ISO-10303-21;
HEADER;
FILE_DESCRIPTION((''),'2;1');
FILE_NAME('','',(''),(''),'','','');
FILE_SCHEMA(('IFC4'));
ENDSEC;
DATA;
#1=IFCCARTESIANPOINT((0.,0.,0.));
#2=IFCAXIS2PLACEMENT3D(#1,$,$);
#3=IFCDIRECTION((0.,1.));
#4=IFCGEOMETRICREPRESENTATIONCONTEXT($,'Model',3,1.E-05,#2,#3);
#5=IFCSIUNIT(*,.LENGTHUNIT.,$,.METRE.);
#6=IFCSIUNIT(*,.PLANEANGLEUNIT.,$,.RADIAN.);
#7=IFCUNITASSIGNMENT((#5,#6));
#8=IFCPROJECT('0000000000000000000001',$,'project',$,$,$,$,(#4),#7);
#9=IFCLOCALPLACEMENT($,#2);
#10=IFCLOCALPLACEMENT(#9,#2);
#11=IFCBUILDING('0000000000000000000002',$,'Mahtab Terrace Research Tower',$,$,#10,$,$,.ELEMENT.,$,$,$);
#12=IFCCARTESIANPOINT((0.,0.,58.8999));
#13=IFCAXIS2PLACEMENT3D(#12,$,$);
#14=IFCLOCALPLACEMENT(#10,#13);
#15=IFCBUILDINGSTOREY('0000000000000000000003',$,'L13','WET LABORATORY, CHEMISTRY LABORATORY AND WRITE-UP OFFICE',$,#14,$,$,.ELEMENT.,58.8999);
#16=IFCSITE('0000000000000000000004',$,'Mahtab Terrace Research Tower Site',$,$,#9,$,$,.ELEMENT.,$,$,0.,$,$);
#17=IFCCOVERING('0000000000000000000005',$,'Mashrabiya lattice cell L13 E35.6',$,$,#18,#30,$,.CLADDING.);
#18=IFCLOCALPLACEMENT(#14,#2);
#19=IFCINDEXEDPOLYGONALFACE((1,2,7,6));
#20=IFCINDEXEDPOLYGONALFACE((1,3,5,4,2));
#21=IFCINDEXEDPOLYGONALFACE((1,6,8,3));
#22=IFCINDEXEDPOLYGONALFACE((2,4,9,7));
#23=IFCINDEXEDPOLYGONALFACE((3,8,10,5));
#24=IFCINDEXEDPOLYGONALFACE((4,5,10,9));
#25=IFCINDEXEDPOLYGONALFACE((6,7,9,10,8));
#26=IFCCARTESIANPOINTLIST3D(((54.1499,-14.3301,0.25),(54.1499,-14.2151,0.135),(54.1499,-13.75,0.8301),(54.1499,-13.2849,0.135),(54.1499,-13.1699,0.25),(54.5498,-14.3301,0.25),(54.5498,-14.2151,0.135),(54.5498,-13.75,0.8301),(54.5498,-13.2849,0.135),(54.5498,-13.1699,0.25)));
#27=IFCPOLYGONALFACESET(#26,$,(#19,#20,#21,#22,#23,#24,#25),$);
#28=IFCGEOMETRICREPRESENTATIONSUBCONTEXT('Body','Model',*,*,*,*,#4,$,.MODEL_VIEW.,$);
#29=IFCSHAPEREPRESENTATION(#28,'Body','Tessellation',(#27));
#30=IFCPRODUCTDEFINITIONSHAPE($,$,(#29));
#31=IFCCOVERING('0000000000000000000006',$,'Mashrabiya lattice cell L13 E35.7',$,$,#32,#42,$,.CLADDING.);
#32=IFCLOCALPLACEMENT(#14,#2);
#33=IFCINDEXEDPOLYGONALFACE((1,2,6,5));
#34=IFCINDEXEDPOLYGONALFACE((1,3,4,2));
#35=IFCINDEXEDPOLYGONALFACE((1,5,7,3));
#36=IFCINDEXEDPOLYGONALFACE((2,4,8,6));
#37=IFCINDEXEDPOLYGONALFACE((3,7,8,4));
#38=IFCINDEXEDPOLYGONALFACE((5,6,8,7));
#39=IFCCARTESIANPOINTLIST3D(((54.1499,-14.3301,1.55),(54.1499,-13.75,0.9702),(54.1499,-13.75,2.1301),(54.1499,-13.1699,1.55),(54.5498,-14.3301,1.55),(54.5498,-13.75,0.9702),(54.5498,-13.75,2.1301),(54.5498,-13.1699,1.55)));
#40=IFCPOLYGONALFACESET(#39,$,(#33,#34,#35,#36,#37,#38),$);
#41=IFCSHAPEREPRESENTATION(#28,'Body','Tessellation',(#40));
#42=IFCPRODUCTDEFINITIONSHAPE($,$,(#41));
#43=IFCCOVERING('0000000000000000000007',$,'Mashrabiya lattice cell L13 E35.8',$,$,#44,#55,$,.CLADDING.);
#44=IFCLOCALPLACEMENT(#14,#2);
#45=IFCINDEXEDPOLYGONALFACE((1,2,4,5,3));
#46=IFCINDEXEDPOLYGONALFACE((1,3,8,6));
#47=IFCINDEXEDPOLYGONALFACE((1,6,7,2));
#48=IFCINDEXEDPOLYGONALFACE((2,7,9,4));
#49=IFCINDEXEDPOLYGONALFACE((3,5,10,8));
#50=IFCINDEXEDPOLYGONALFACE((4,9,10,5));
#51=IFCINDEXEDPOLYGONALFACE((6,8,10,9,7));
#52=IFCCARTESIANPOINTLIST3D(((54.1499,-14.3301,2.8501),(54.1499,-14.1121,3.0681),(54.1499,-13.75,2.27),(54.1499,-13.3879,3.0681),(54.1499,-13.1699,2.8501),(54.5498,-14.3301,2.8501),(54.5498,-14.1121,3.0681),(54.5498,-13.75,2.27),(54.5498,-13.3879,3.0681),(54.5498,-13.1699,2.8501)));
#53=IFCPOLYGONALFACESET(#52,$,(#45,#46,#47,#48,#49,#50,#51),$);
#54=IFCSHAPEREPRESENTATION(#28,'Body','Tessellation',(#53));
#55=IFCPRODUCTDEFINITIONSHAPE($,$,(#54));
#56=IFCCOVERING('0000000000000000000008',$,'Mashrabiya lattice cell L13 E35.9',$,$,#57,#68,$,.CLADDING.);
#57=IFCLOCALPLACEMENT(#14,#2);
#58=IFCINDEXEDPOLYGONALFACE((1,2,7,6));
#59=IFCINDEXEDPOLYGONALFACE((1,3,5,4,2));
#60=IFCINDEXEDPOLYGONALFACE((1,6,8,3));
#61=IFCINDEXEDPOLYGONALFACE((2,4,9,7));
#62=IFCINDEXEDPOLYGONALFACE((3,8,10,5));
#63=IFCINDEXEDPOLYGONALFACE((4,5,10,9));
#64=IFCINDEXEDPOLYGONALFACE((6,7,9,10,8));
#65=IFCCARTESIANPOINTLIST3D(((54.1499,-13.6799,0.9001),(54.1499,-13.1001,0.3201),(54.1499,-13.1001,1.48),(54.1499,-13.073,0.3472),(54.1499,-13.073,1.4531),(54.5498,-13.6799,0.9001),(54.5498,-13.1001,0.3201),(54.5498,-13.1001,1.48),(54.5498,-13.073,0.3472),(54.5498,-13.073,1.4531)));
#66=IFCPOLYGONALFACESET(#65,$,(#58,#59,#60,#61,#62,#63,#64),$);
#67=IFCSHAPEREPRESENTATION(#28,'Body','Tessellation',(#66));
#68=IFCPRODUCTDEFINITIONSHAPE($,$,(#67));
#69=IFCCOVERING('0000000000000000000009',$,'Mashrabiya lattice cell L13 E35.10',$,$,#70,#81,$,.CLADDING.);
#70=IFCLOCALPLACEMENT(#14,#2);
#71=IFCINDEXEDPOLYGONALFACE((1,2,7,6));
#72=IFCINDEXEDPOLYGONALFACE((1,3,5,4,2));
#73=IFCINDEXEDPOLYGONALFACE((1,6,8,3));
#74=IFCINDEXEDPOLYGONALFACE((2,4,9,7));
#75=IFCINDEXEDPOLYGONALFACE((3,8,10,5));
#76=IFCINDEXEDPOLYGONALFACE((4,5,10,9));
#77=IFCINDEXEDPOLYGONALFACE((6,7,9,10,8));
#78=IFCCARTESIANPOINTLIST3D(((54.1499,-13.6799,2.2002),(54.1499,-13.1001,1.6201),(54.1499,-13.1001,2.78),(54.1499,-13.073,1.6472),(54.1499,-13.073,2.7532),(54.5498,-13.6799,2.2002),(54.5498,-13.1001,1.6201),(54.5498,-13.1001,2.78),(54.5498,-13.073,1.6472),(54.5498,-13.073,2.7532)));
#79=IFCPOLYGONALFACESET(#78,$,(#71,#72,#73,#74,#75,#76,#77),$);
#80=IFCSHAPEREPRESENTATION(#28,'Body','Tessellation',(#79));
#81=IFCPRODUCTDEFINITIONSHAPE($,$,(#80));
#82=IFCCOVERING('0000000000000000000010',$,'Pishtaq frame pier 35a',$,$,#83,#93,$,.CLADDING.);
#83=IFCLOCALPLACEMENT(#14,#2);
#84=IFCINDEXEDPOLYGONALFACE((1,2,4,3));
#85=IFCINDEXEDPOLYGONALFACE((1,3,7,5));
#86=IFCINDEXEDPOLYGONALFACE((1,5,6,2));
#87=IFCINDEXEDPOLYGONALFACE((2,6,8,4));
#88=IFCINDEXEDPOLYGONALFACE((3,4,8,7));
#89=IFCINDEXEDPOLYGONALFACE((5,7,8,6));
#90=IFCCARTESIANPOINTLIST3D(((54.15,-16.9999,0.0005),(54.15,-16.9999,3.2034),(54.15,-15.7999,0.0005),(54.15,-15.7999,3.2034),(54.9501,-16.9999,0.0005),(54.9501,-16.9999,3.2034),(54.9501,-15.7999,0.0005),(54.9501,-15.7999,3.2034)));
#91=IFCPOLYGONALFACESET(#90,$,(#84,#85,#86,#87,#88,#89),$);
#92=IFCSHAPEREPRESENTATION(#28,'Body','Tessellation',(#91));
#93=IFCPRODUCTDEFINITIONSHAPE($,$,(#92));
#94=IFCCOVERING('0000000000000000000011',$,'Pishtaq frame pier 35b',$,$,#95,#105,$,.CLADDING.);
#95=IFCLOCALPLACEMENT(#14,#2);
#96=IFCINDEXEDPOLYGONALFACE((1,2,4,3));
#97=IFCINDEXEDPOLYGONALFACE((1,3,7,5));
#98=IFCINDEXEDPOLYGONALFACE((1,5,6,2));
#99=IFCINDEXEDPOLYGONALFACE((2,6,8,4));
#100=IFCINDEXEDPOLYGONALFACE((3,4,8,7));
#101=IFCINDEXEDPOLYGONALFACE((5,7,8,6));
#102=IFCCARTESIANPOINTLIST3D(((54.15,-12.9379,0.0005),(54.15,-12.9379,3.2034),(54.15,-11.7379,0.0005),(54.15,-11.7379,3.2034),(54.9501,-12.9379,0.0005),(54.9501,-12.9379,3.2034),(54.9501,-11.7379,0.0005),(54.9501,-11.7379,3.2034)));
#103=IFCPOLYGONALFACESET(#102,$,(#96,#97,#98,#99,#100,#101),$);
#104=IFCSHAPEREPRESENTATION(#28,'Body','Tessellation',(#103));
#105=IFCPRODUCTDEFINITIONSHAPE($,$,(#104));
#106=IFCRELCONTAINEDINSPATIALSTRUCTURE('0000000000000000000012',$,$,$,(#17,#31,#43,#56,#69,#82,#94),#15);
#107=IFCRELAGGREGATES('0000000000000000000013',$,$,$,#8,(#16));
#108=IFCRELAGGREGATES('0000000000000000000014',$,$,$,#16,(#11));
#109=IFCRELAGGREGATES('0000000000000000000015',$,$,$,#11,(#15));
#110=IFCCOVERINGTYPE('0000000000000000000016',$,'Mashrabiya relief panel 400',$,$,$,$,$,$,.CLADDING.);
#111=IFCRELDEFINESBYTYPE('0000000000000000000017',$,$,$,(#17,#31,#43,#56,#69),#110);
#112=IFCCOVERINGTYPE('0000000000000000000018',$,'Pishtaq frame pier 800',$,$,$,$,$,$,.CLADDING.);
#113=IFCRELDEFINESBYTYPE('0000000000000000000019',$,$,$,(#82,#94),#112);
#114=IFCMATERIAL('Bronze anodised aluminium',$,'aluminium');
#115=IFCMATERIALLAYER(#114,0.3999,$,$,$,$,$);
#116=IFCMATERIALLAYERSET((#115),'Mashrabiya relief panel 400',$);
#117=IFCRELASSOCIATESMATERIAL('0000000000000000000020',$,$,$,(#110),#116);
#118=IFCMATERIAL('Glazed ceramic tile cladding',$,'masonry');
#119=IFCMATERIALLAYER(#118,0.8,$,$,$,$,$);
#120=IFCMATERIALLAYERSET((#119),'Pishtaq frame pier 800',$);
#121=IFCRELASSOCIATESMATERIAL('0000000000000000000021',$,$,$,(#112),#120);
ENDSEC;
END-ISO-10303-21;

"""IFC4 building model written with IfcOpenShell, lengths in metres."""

from ifc_helpers import new_model, si_unit, direction, frame, origin, origin_2d, place, context, subcontext, project, spatial, polyline, rectangle, outline, extrude, material, layer, layer_set, type_object, element, save


model = new_model("IFC4")

# Units and contexts
model_context = context("Model", 3, precision=1e-05, world=origin(), true_north=direction((0.0, 1.0)))
body_context = subcontext(model_context, "Body", "Model", "MODEL_VIEW")
ifc_project = project(units=[si_unit("LENGTHUNIT", "METRE"), si_unit("PLANEANGLEUNIT", "RADIAN")], contexts=[model_context])

# Site, building, storey
site_placement = place(None, origin())
site = spatial("IfcSite", under=ifc_project, at=site_placement, Name="Mahtab Terrace Research Tower Site", CompositionType="ELEMENT", RefElevation=0.0)
building_placement = place(site_placement, origin())
building = spatial("IfcBuilding", under=site, at=building_placement, Name="Mahtab Terrace Research Tower", CompositionType="ELEMENT")
storey_placement = place(building_placement, frame((0.0, 0.0, 58.8999)))
storey = spatial("IfcBuildingStorey", under=building, at=storey_placement, Name="L13", Description="WET LABORATORY, CHEMISTRY LABORATORY AND WRITE-UP OFFICE", CompositionType="ELEMENT", Elevation=58.8999)

# Coverings
ifc_material_1 = material(Name="Bronze anodised aluminium", Category="aluminium")
ifc_layer_1 = layer(ifc_material_1, 0.3999)
ifc_layer_set_1 = layer_set([ifc_layer_1], Name="Mashrabiya relief panel 400")
covering_type_1 = type_object("IfcCoveringType", Name="Mashrabiya relief panel 400", PredefinedType="CLADDING", material=ifc_layer_set_1)
covering_1_placement = place(storey_placement, frame((54.1499, -14.3301, 0.25), z_axis=(-1.0, 0.0, 0.0), x_axis=(0.0, 0.707107, 0.707107)))
element("IfcCovering", 1, at=covering_1_placement, inside=storey, type_object=covering_type_1, Name="Mashrabiya lattice cell L13 E35.6", PredefinedType="CLADDING", context=body_context, shape_type="SweptSolid", body=[
    extrude(outline(polyline([(0.0, 0.0), (0.8204, 0.0), (0.8204, 0.8204), (0.6577, 0.8204), (0.0, 0.1626), (0.0, 0.0)])), origin(), (0.0, 0.0, -1.0), 0.3999),
])
covering_2_placement = place(storey_placement, frame((54.1499, -13.75, 2.1301), z_axis=(-1.0, 0.0, 0.0), x_axis=(0.0, 0.707107, -0.707107)))
element("IfcCovering", 2, at=covering_2_placement, inside=storey, type_object=covering_type_1, Name="Mashrabiya lattice cell L13 E35.7", PredefinedType="CLADDING", context=body_context, shape_type="SweptSolid", body=[
    extrude(outline(polyline([(0.0, 0.0), (0.8204, 0.0), (0.8202, 0.8202), (0.0, 0.8204), (0.0, 0.0)])), origin(), (0.0, 0.0, -1.0), 0.3999),
])
covering_3_placement = place(storey_placement, frame((54.1499, -13.1699, 2.8501), z_axis=(-1.0, 0.0, 0.0), x_axis=(0.0, -0.707107, -0.707107)))
element("IfcCovering", 3, at=covering_3_placement, inside=storey, type_object=covering_type_1, Name="Mashrabiya lattice cell L13 E35.8", PredefinedType="CLADDING", context=body_context, shape_type="SweptSolid", body=[
    extrude(outline(polyline([(0.0, 0.0), (0.8204, 0.0), (0.8204, 0.8204), (0.512, 0.8204), (0.0, 0.3083), (0.0, 0.0)])), origin(), (0.0, 0.0, -1.0), 0.3999),
])
for number, where, z_axis, x_axis, name in (
    (4, (54.1499, -13.1001, 0.3201), (-1.0, 0.0, 0.0), (0.0, -0.706958, 0.707256), "Mashrabiya lattice cell L13 E35.9"),
    (5, (54.1499, -13.1001, 1.6201), (-1.0, 0.0, 0.0), (0.0, -0.706958, 0.707256), "Mashrabiya lattice cell L13 E35.10"),
):
    element("IfcCovering", number, at=place(storey_placement, frame(where, z_axis=z_axis, x_axis=x_axis)), inside=storey, type_object=covering_type_1, Name=name, PredefinedType="CLADDING", context=body_context, shape_type="SweptSolid", body=[
        extrude(outline(polyline([(0.0, 0.0), (0.8202, 0.0), (0.8204, 0.82), (0.7822, 0.8202), (0.0, 0.0383), (0.0, 0.0)])), origin(), (0.0, 0.0, -1.0), 0.3999),
    ])
ifc_material_2 = material(Name="Glazed ceramic tile cladding", Category="masonry")
ifc_layer_2 = layer(ifc_material_2, 0.8)
ifc_layer_set_2 = layer_set([ifc_layer_2], Name="Pishtaq frame pier 800")
covering_type_2 = type_object("IfcCoveringType", Name="Pishtaq frame pier 800", PredefinedType="CLADDING", material=ifc_layer_set_2)
for number, where, z_axis, x_axis, name in (
    (6, (54.55, -16.3999, 0.0005), (0.0, 0.0, 1.0), (0.0, 1.0, 0.0), "Pishtaq frame pier 35a"),
    (7, (54.55, -12.3379, 0.0005), (0.0, 0.0, 1.0), (0.0, 1.0, 0.0), "Pishtaq frame pier 35b"),
):
    element("IfcCovering", number, at=place(storey_placement, frame(where, z_axis=z_axis, x_axis=x_axis)), inside=storey, type_object=covering_type_2, Name=name, PredefinedType="CLADDING", context=body_context, shape_type="SweptSolid", body=[
        extrude(rectangle(XDim=1.2, YDim=0.8, at=origin_2d()), origin(), (0.0, 0.0, 1.0), 3.2029),
    ])

save(model, "model.ifc")
